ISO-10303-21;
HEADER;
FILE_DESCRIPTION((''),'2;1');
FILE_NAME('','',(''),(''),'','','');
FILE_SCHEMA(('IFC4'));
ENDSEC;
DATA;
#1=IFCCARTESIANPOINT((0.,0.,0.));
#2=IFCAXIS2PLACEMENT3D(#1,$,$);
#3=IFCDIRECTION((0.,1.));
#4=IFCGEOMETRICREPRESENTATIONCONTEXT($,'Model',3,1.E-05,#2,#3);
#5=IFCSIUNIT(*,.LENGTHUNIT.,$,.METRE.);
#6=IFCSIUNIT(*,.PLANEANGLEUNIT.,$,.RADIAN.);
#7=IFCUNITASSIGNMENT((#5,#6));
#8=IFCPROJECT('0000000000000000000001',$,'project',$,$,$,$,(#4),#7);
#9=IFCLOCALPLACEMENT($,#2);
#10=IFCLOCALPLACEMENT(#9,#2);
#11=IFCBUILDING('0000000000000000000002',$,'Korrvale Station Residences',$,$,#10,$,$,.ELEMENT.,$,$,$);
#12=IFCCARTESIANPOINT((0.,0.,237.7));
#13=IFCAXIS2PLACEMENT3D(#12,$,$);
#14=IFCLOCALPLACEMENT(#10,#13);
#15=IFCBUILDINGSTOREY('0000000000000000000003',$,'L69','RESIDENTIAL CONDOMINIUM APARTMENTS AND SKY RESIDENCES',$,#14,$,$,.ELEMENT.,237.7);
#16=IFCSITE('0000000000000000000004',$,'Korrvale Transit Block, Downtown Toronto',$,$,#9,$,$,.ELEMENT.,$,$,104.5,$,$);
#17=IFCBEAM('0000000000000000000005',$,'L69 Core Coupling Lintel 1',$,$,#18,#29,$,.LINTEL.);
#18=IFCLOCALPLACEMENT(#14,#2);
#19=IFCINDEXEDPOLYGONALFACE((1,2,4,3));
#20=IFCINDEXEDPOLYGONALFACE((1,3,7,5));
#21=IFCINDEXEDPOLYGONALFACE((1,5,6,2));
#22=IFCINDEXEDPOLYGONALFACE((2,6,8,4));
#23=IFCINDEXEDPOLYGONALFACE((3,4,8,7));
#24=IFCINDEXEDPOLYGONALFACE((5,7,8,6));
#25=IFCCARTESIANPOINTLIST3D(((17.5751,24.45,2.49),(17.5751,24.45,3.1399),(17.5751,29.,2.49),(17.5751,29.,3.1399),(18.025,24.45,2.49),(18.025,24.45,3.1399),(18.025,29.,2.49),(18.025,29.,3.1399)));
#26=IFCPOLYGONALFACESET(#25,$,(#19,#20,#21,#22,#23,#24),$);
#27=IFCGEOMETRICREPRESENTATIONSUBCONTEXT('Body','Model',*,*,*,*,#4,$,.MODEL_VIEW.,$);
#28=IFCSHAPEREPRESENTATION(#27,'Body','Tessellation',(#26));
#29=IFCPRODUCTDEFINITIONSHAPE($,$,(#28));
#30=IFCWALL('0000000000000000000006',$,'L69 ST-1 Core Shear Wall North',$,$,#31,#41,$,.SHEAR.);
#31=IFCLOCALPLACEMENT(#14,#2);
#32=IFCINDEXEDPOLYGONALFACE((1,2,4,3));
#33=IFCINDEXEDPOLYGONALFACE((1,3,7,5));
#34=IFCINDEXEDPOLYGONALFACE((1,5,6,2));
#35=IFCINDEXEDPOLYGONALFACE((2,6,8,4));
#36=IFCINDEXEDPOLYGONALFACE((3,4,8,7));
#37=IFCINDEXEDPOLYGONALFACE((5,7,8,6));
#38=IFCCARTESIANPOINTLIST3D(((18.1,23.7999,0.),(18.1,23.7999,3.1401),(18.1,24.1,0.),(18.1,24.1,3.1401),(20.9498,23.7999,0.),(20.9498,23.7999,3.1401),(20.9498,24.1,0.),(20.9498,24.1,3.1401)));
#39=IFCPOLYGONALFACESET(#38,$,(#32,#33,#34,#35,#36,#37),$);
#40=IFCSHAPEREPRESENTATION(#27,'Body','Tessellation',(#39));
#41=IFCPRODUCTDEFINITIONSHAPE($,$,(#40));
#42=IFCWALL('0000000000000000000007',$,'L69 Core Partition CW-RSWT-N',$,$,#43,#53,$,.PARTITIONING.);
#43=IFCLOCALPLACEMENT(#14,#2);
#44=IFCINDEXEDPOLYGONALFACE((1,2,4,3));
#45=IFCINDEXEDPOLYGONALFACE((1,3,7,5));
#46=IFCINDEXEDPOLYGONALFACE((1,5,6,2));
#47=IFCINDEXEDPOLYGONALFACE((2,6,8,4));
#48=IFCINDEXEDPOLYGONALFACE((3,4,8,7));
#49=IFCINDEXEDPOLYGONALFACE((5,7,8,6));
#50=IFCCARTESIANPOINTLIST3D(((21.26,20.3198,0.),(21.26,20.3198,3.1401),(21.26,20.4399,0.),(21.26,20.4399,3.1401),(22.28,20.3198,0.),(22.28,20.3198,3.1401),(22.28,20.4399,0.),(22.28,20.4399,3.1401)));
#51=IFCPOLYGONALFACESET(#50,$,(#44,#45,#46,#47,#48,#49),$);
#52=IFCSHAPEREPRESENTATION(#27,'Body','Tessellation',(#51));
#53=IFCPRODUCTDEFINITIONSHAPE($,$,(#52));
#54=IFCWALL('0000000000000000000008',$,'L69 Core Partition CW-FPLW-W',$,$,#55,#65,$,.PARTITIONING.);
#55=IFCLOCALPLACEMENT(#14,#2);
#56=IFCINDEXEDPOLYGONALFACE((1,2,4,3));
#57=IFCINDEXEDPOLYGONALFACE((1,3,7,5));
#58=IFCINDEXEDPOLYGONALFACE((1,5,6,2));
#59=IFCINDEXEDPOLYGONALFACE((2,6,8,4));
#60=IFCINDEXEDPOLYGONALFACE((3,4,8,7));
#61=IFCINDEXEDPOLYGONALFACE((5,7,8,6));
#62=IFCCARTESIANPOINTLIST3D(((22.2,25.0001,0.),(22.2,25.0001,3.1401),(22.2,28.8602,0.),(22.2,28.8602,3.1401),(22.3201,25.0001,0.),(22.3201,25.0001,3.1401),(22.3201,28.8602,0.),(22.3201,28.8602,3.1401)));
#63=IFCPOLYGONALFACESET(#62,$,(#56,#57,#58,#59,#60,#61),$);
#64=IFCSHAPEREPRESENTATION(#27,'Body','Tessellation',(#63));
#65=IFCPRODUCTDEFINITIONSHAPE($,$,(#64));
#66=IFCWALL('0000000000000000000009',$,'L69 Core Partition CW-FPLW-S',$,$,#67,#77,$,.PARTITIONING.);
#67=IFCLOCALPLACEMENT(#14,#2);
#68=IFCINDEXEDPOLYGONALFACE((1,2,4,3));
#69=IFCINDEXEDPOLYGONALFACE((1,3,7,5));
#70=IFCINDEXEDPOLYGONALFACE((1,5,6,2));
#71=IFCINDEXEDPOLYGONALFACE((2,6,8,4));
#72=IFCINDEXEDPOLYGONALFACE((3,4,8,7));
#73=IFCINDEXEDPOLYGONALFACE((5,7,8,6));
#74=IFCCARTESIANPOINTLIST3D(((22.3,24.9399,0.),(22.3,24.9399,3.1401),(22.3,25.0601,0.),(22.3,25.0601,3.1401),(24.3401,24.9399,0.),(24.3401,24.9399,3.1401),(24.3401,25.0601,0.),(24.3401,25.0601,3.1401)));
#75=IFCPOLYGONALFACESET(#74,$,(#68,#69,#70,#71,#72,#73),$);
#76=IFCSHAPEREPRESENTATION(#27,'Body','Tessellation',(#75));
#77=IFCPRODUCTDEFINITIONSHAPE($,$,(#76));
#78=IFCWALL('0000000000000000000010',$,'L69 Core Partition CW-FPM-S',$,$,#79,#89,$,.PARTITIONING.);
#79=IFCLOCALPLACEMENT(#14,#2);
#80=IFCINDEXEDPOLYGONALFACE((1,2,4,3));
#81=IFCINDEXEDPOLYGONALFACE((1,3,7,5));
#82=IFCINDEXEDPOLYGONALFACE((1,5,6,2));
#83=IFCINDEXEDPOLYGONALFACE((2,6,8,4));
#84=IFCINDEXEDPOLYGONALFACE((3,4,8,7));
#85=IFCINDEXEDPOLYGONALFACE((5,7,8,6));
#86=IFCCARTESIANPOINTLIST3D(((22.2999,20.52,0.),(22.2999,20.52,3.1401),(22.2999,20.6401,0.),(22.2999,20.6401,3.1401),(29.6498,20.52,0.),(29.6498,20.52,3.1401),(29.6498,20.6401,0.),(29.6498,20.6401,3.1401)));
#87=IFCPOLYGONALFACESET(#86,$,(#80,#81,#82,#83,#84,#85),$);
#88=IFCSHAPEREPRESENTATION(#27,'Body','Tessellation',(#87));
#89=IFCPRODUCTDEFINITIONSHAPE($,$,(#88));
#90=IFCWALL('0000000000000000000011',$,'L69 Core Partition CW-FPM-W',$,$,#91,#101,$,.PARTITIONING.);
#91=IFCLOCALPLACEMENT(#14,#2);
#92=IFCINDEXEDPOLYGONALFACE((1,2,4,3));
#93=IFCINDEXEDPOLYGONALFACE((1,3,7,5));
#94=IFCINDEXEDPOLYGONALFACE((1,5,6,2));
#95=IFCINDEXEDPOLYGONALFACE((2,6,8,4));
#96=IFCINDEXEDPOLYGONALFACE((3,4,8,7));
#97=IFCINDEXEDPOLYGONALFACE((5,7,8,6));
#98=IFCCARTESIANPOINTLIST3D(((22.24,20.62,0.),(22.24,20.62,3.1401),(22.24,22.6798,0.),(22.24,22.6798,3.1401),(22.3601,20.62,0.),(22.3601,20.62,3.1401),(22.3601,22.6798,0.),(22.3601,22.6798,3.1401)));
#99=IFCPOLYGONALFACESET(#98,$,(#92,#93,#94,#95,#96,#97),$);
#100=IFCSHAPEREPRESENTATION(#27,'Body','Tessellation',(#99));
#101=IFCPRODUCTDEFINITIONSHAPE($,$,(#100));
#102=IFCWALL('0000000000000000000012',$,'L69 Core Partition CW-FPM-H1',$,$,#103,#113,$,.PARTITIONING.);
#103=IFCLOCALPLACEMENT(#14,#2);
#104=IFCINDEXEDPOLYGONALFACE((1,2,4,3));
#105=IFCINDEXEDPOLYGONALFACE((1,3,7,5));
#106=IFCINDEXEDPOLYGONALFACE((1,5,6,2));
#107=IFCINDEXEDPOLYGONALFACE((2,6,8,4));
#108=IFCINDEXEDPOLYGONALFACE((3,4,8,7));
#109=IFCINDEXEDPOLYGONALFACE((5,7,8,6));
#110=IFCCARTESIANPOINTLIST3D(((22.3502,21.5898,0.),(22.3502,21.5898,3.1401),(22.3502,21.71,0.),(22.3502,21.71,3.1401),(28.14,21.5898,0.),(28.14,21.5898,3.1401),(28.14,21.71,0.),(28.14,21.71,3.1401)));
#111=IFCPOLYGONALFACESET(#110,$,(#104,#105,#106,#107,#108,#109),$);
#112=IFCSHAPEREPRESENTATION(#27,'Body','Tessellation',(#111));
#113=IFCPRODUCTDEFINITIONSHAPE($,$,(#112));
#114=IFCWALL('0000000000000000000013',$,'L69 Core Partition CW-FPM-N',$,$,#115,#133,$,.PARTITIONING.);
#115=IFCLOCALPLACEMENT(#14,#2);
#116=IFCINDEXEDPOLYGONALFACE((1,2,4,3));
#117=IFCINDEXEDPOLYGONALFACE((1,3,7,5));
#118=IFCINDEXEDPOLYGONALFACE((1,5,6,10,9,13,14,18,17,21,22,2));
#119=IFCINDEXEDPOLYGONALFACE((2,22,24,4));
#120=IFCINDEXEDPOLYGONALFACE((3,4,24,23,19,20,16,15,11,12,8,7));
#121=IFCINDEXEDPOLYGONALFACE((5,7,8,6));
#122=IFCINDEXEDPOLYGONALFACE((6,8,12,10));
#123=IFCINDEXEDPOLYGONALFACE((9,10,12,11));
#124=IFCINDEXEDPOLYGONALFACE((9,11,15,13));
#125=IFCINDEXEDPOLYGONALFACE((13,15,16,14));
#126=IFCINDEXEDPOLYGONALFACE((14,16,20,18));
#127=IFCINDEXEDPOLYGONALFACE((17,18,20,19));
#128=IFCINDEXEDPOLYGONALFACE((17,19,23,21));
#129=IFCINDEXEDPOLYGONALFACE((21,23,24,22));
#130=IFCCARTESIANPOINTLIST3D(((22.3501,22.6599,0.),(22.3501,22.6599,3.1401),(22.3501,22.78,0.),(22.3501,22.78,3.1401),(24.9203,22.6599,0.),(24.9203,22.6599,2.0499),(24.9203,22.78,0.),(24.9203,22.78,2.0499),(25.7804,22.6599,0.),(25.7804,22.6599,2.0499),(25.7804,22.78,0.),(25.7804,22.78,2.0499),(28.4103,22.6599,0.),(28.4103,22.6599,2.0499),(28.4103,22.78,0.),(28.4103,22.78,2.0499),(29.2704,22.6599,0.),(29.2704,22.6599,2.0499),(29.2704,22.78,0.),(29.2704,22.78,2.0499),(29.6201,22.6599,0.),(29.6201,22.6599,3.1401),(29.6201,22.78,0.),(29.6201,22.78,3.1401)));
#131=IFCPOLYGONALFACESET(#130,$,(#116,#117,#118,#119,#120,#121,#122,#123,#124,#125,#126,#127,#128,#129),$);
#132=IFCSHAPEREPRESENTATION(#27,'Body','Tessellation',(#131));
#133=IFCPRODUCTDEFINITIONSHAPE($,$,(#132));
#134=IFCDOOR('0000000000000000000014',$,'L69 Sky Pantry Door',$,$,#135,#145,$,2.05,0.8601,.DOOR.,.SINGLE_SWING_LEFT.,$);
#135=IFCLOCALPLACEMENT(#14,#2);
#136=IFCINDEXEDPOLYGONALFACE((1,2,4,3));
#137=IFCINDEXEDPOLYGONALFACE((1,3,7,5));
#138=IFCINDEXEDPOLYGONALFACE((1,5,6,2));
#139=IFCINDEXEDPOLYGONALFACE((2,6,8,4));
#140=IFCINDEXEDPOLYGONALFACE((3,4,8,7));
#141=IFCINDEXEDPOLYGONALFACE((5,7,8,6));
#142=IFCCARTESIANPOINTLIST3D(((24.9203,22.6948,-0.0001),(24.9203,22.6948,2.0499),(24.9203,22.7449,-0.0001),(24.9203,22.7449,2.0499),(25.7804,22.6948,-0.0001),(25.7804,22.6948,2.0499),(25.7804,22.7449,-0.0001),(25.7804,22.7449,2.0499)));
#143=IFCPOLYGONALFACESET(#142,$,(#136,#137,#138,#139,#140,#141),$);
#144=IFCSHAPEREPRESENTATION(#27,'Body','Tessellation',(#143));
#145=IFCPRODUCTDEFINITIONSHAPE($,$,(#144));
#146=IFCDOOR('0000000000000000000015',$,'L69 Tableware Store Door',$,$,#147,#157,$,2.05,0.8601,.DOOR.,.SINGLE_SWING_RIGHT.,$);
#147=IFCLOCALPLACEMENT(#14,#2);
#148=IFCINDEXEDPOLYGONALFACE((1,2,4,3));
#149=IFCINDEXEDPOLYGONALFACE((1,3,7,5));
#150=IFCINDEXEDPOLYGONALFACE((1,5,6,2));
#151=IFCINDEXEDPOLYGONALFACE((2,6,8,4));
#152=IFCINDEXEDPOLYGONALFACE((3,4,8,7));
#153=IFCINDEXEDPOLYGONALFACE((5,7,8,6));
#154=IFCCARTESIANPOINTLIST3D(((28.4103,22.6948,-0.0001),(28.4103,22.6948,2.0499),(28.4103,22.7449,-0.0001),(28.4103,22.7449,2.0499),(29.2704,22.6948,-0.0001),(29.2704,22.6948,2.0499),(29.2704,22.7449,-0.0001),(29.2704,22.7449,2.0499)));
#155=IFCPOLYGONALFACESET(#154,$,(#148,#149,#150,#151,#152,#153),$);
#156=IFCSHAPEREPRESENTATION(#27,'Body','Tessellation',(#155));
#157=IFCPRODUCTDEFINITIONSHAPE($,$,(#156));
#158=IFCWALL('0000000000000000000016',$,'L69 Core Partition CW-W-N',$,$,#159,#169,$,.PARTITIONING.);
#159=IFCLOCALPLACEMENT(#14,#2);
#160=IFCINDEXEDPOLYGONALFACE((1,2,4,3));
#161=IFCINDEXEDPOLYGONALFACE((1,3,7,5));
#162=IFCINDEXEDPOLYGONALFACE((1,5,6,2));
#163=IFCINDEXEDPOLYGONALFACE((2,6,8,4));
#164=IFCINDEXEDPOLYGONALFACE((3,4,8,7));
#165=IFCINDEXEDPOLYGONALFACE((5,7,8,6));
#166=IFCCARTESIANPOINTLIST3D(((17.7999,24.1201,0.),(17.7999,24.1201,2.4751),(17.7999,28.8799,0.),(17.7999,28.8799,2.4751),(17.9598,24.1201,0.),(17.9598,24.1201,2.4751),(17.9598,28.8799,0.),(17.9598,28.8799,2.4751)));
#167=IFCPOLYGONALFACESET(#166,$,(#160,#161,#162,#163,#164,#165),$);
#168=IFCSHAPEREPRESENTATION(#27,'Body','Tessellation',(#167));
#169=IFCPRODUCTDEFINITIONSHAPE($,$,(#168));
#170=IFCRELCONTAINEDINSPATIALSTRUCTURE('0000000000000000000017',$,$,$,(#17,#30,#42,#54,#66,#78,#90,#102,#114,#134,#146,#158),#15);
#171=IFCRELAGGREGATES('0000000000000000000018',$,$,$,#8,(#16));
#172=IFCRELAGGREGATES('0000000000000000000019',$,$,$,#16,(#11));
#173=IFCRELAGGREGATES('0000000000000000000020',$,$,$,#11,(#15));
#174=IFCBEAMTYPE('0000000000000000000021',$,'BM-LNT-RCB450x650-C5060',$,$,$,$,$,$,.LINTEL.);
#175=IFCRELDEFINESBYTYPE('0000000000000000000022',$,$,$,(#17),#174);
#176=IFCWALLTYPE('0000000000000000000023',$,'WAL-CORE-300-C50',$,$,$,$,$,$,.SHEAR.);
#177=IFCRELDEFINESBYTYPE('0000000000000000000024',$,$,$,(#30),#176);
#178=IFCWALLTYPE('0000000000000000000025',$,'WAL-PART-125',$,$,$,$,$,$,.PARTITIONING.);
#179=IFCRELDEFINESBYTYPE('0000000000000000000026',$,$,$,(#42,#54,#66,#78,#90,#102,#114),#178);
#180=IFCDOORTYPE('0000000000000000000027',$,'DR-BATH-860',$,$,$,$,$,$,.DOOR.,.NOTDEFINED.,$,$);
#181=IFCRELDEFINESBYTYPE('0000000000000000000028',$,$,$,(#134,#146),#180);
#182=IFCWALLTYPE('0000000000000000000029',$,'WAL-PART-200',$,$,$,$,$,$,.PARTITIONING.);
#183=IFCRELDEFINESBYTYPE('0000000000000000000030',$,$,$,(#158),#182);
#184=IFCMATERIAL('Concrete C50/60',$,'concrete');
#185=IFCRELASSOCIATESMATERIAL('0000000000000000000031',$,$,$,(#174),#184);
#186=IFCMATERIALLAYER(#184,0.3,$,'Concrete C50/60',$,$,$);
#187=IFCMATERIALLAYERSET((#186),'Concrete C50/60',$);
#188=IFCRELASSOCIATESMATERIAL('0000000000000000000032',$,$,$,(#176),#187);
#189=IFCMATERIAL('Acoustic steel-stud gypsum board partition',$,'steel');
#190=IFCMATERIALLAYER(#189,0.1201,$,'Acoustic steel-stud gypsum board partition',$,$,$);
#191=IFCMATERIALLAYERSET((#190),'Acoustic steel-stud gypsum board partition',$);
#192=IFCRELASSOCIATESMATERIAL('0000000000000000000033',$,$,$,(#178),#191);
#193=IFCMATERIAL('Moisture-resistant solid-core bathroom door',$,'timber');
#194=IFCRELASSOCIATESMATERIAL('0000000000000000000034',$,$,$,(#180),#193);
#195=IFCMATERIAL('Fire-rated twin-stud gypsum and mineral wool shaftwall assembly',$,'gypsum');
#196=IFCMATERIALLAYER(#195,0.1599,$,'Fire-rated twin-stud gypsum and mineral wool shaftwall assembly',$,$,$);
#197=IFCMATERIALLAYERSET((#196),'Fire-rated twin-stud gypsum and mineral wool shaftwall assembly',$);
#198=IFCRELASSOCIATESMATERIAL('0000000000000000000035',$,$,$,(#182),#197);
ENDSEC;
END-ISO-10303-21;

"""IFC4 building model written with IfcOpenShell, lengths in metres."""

from ifc_helpers import new_model, si_unit, direction, frame, frame_2d, origin, origin_2d, place, context, subcontext, project, spatial, rectangle, extrude, material, layer, layer_set, material_profile, profile_set, type_object, element, fill, save


model = new_model("IFC4")

# Units and contexts
model_context = context("Model", 3, precision=1e-05, world=origin(), true_north=direction((0.0, 1.0)))
body_context = subcontext(model_context, "Body", "Model", "MODEL_VIEW")
ifc_project = project(units=[si_unit("LENGTHUNIT", "METRE"), si_unit("PLANEANGLEUNIT", "RADIAN")], contexts=[model_context])

# Site, building, storey
site_placement = place(None, origin())
site = spatial("IfcSite", under=ifc_project, at=site_placement, Name="Korrvale Transit Block, Downtown Toronto", CompositionType="ELEMENT", RefElevation=104.5)
building_placement = place(site_placement, origin())
building = spatial("IfcBuilding", under=site, at=building_placement, Name="Korrvale Station Residences", CompositionType="ELEMENT")
storey_placement = place(building_placement, frame((0.0, 0.0, 237.7)))
storey = spatial("IfcBuildingStorey", under=building, at=storey_placement, Name="L69", Description="RESIDENTIAL CONDOMINIUM APARTMENTS AND SKY RESIDENCES", CompositionType="ELEMENT", Elevation=237.7)

# Beam
ifc_material_1 = material(Name="Concrete C50/60", Category="concrete")
ifc_material_profile = material_profile(ifc_material_1, rectangle(XDim=0.45, YDim=0.6499, at=origin_2d()), Name="RCB450x650")
ifc_profile_set = profile_set([ifc_material_profile], Name="Concrete C50/60")
beam_type = type_object("IfcBeamType", Name="BM-LNT-RCB450x650-C5060", PredefinedType="LINTEL", material=ifc_profile_set)
beam_placement = place(storey_placement, frame((17.8, 24.45, 2.8149), z_axis=(0.0, 1.0, 0.0), x_axis=(-1.0, 0.0, 0.0)))
element("IfcBeam", 1, at=beam_placement, inside=storey, type_object=beam_type, Name="L69 Core Coupling Lintel 1", PredefinedType="LINTEL", context=body_context, shape_type="SweptSolid", body=[
    extrude(rectangle(XDim=0.45, YDim=0.6499, at=origin_2d()), origin(), (0.0, 0.0, 1.0), 4.55),
])

# Walls
ifc_layer_1 = layer(ifc_material_1, 0.3, Name="Concrete C50/60")
ifc_layer_set_1 = layer_set([ifc_layer_1], Name="Concrete C50/60")
wall_type_1 = type_object("IfcWallType", Name="WAL-CORE-300-C50", PredefinedType="SHEAR", material=ifc_layer_set_1)
wall_1_placement = place(storey_placement, frame((18.1001, 23.95, 0.0), z_axis=(0.0, 0.0, 1.0), x_axis=(1.0, 0.0, 0.0)))
element("IfcWall", 2, at=wall_1_placement, inside=storey, type_object=wall_type_1, Name="L69 ST-1 Core Shear Wall North", PredefinedType="SHEAR", context=body_context, shape_type="SweptSolid", body=[
    extrude(rectangle(XDim=2.8499, YDim=0.3, at=frame_2d((1.4248, 0.0))), origin(), (0.0, 0.0, 1.0), 3.1401),
])
ifc_material_2 = material(Name="Acoustic steel-stud gypsum board partition", Category="steel")
ifc_layer_2 = layer(ifc_material_2, 0.1201, Name="Acoustic steel-stud gypsum board partition")
ifc_layer_set_2 = layer_set([ifc_layer_2], Name="Acoustic steel-stud gypsum board partition")
wall_type_2 = type_object("IfcWallType", Name="WAL-PART-125", PredefinedType="PARTITIONING", material=ifc_layer_set_2)
wall_2_placement = place(storey_placement, frame((22.28, 20.3799, 0.0), z_axis=(0.0, 0.0, 1.0), x_axis=(-1.0, 0.0, 0.0)))
element("IfcWall", 3, at=wall_2_placement, inside=storey, type_object=wall_type_2, Name="L69 Core Partition CW-RSWT-N", PredefinedType="PARTITIONING", context=body_context, shape_type="SweptSolid", body=[
    extrude(rectangle(XDim=1.02, YDim=0.1201, at=frame_2d((0.51, 0.0))), origin(), (0.0, 0.0, 1.0), 3.1401),
])
wall_3_placement = place(storey_placement, frame((22.26, 25.0, 0.0), z_axis=(0.0, 0.0, 1.0), x_axis=(0.0, 1.0, 0.0)))
element("IfcWall", 4, at=wall_3_placement, inside=storey, type_object=wall_type_2, Name="L69 Core Partition CW-FPLW-W", PredefinedType="PARTITIONING", context=body_context, shape_type="SweptSolid", body=[
    extrude(rectangle(XDim=3.8601, YDim=0.1201, at=frame_2d((1.9302, 0.0))), origin(), (0.0, 0.0, 1.0), 3.1401),
])
wall_4_placement = place(storey_placement, frame((22.3, 25.0, 0.0), z_axis=(0.0, 0.0, 1.0), x_axis=(1.0, 0.0, 0.0)))
element("IfcWall", 5, at=wall_4_placement, inside=storey, type_object=wall_type_2, Name="L69 Core Partition CW-FPLW-S", PredefinedType="PARTITIONING", context=body_context, shape_type="SweptSolid", body=[
    extrude(rectangle(XDim=2.04, YDim=0.1201, at=frame_2d((1.02, 0.0))), origin(), (0.0, 0.0, 1.0), 3.1401),
])
wall_5_placement = place(storey_placement, frame((22.3, 20.5801, 0.0), z_axis=(0.0, 0.0, 1.0), x_axis=(1.0, 0.0, 0.0)))
element("IfcWall", 6, at=wall_5_placement, inside=storey, type_object=wall_type_2, Name="L69 Core Partition CW-FPM-S", PredefinedType="PARTITIONING", context=body_context, shape_type="SweptSolid", body=[
    extrude(rectangle(XDim=7.3499, YDim=0.1201, at=frame_2d((3.6748, 0.0))), origin(), (0.0, 0.0, 1.0), 3.1401),
])
wall_6_placement = place(storey_placement, frame((22.3, 20.6201, 0.0), z_axis=(0.0, 0.0, 1.0), x_axis=(0.0, 1.0, 0.0)))
element("IfcWall", 7, at=wall_6_placement, inside=storey, type_object=wall_type_2, Name="L69 Core Partition CW-FPM-W", PredefinedType="PARTITIONING", context=body_context, shape_type="SweptSolid", body=[
    extrude(rectangle(XDim=2.0598, YDim=0.1201, at=frame_2d((1.0298, 0.0))), origin(), (0.0, 0.0, 1.0), 3.1401),
])
wall_7_placement = place(storey_placement, frame((22.3501, 21.6499, 0.0), z_axis=(0.0, 0.0, 1.0), x_axis=(1.0, 0.0, 0.0)))
element("IfcWall", 8, at=wall_7_placement, inside=storey, type_object=wall_type_2, Name="L69 Core Partition CW-FPM-H1", PredefinedType="PARTITIONING", context=body_context, shape_type="SweptSolid", body=[
    extrude(rectangle(XDim=5.7898, YDim=0.1201, at=frame_2d((2.895, 0.0))), origin(), (0.0, 0.0, 1.0), 3.1401),
])

# Wall, openings, doors
wall_8_placement = place(storey_placement, frame((22.3501, 22.72, 0.0), z_axis=(0.0, 0.0, 1.0), x_axis=(1.0, 0.0, 0.0)))
wall_8 = element("IfcWall", 9, at=wall_8_placement, inside=storey, type_object=wall_type_2, Name="L69 Core Partition CW-FPM-N", PredefinedType="PARTITIONING", context=body_context, shape_type="SweptSolid", body=[
    extrude(rectangle(XDim=7.27, YDim=0.1201, at=frame_2d((3.635, 0.0))), origin(), (0.0, 0.0, 1.0), 3.1401),
])
opening_1_placement = place(wall_8_placement, frame((2.5701, 0.0, 0.0)))
opening_1 = element("IfcOpeningElement", 10, at=opening_1_placement, cuts=wall_8, PredefinedType="OPENING", context=body_context, shape_type="SweptSolid", body=[
    extrude(rectangle(XDim=0.8601, YDim=2.05, at=frame_2d((0.4302, 1.0249))), frame((0.0, 0.0701, 0.0), z_axis=(0.0, -1.0, 0.0), x_axis=(1.0, 0.0, 0.0)), (0.0, 0.0, 1.0), 0.1401),
])
opening_2_placement = place(wall_8_placement, frame((6.0601, 0.0, 0.0)))
opening_2 = element("IfcOpeningElement", 11, at=opening_2_placement, cuts=wall_8, PredefinedType="OPENING", context=body_context, shape_type="SweptSolid", body=[
    extrude(rectangle(XDim=0.8601, YDim=2.05, at=frame_2d((0.4302, 1.0249))), frame((0.0, 0.0701, 0.0), z_axis=(0.0, -1.0, 0.0), x_axis=(1.0, 0.0, 0.0)), (0.0, 0.0, 1.0), 0.1401),
])
ifc_material_3 = material(Name="Moisture-resistant solid-core bathroom door", Category="timber")
door_type_1 = type_object("IfcDoorType", Name="DR-BATH-860", OperationType="NOTDEFINED", PredefinedType="DOOR", material=ifc_material_3)
door_1_placement = place(opening_1_placement, origin())
door_1 = element("IfcDoor", 12, at=door_1_placement, inside=storey, type_object=door_type_1, Name="L69 Sky Pantry Door", OperationType="SINGLE_SWING_LEFT", OverallHeight=2.05, OverallWidth=0.8601, PredefinedType="DOOR", context=body_context, shape_type="SweptSolid", body=[
    extrude(rectangle(XDim=0.8601, YDim=2.05, at=frame_2d((0.4302, 1.0249))), frame((0.0, 0.0249, 0.0), z_axis=(0.0, -1.0, 0.0), x_axis=(1.0, 0.0, 0.0)), (0.0, 0.0, 1.0), 0.05),
])
fill(opening_1, door_1)
door_2_placement = place(opening_2_placement, origin())
door_2 = element("IfcDoor", 13, at=door_2_placement, inside=storey, type_object=door_type_1, Name="L69 Tableware Store Door", OperationType="SINGLE_SWING_RIGHT", OverallHeight=2.05, OverallWidth=0.8601, PredefinedType="DOOR", context=body_context, shape_type="SweptSolid", body=[
    extrude(rectangle(XDim=0.8601, YDim=2.05, at=frame_2d((0.4302, 1.0249))), frame((0.0, 0.0249, 0.0), z_axis=(0.0, -1.0, 0.0), x_axis=(1.0, 0.0, 0.0)), (0.0, 0.0, 1.0), 0.05),
])
fill(opening_2, door_2)

# Wall
ifc_material_4 = material(Name="Fire-rated twin-stud gypsum and mineral wool shaftwall assembly", Category="gypsum")
ifc_layer_3 = layer(ifc_material_4, 0.1599, Name="Fire-rated twin-stud gypsum and mineral wool shaftwall assembly")
ifc_layer_set_3 = layer_set([ifc_layer_3], Name="Fire-rated twin-stud gypsum and mineral wool shaftwall assembly")
wall_type_3 = type_object("IfcWallType", Name="WAL-PART-200", PredefinedType="PARTITIONING", material=ifc_layer_set_3)
wall_9_placement = place(storey_placement, frame((17.8799, 24.1201, 0.0), z_axis=(0.0, 0.0, 1.0), x_axis=(0.0, 1.0, 0.0)))
element("IfcWall", 14, at=wall_9_placement, inside=storey, type_object=wall_type_3, Name="L69 Core Partition CW-W-N", PredefinedType="PARTITIONING", context=body_context, shape_type="SweptSolid", body=[
    extrude(rectangle(XDim=4.7598, YDim=0.1599, at=frame_2d((2.3799, 0.0))), origin(), (0.0, 0.0, 1.0), 2.4751),
])

save(model, "model.ifc")
